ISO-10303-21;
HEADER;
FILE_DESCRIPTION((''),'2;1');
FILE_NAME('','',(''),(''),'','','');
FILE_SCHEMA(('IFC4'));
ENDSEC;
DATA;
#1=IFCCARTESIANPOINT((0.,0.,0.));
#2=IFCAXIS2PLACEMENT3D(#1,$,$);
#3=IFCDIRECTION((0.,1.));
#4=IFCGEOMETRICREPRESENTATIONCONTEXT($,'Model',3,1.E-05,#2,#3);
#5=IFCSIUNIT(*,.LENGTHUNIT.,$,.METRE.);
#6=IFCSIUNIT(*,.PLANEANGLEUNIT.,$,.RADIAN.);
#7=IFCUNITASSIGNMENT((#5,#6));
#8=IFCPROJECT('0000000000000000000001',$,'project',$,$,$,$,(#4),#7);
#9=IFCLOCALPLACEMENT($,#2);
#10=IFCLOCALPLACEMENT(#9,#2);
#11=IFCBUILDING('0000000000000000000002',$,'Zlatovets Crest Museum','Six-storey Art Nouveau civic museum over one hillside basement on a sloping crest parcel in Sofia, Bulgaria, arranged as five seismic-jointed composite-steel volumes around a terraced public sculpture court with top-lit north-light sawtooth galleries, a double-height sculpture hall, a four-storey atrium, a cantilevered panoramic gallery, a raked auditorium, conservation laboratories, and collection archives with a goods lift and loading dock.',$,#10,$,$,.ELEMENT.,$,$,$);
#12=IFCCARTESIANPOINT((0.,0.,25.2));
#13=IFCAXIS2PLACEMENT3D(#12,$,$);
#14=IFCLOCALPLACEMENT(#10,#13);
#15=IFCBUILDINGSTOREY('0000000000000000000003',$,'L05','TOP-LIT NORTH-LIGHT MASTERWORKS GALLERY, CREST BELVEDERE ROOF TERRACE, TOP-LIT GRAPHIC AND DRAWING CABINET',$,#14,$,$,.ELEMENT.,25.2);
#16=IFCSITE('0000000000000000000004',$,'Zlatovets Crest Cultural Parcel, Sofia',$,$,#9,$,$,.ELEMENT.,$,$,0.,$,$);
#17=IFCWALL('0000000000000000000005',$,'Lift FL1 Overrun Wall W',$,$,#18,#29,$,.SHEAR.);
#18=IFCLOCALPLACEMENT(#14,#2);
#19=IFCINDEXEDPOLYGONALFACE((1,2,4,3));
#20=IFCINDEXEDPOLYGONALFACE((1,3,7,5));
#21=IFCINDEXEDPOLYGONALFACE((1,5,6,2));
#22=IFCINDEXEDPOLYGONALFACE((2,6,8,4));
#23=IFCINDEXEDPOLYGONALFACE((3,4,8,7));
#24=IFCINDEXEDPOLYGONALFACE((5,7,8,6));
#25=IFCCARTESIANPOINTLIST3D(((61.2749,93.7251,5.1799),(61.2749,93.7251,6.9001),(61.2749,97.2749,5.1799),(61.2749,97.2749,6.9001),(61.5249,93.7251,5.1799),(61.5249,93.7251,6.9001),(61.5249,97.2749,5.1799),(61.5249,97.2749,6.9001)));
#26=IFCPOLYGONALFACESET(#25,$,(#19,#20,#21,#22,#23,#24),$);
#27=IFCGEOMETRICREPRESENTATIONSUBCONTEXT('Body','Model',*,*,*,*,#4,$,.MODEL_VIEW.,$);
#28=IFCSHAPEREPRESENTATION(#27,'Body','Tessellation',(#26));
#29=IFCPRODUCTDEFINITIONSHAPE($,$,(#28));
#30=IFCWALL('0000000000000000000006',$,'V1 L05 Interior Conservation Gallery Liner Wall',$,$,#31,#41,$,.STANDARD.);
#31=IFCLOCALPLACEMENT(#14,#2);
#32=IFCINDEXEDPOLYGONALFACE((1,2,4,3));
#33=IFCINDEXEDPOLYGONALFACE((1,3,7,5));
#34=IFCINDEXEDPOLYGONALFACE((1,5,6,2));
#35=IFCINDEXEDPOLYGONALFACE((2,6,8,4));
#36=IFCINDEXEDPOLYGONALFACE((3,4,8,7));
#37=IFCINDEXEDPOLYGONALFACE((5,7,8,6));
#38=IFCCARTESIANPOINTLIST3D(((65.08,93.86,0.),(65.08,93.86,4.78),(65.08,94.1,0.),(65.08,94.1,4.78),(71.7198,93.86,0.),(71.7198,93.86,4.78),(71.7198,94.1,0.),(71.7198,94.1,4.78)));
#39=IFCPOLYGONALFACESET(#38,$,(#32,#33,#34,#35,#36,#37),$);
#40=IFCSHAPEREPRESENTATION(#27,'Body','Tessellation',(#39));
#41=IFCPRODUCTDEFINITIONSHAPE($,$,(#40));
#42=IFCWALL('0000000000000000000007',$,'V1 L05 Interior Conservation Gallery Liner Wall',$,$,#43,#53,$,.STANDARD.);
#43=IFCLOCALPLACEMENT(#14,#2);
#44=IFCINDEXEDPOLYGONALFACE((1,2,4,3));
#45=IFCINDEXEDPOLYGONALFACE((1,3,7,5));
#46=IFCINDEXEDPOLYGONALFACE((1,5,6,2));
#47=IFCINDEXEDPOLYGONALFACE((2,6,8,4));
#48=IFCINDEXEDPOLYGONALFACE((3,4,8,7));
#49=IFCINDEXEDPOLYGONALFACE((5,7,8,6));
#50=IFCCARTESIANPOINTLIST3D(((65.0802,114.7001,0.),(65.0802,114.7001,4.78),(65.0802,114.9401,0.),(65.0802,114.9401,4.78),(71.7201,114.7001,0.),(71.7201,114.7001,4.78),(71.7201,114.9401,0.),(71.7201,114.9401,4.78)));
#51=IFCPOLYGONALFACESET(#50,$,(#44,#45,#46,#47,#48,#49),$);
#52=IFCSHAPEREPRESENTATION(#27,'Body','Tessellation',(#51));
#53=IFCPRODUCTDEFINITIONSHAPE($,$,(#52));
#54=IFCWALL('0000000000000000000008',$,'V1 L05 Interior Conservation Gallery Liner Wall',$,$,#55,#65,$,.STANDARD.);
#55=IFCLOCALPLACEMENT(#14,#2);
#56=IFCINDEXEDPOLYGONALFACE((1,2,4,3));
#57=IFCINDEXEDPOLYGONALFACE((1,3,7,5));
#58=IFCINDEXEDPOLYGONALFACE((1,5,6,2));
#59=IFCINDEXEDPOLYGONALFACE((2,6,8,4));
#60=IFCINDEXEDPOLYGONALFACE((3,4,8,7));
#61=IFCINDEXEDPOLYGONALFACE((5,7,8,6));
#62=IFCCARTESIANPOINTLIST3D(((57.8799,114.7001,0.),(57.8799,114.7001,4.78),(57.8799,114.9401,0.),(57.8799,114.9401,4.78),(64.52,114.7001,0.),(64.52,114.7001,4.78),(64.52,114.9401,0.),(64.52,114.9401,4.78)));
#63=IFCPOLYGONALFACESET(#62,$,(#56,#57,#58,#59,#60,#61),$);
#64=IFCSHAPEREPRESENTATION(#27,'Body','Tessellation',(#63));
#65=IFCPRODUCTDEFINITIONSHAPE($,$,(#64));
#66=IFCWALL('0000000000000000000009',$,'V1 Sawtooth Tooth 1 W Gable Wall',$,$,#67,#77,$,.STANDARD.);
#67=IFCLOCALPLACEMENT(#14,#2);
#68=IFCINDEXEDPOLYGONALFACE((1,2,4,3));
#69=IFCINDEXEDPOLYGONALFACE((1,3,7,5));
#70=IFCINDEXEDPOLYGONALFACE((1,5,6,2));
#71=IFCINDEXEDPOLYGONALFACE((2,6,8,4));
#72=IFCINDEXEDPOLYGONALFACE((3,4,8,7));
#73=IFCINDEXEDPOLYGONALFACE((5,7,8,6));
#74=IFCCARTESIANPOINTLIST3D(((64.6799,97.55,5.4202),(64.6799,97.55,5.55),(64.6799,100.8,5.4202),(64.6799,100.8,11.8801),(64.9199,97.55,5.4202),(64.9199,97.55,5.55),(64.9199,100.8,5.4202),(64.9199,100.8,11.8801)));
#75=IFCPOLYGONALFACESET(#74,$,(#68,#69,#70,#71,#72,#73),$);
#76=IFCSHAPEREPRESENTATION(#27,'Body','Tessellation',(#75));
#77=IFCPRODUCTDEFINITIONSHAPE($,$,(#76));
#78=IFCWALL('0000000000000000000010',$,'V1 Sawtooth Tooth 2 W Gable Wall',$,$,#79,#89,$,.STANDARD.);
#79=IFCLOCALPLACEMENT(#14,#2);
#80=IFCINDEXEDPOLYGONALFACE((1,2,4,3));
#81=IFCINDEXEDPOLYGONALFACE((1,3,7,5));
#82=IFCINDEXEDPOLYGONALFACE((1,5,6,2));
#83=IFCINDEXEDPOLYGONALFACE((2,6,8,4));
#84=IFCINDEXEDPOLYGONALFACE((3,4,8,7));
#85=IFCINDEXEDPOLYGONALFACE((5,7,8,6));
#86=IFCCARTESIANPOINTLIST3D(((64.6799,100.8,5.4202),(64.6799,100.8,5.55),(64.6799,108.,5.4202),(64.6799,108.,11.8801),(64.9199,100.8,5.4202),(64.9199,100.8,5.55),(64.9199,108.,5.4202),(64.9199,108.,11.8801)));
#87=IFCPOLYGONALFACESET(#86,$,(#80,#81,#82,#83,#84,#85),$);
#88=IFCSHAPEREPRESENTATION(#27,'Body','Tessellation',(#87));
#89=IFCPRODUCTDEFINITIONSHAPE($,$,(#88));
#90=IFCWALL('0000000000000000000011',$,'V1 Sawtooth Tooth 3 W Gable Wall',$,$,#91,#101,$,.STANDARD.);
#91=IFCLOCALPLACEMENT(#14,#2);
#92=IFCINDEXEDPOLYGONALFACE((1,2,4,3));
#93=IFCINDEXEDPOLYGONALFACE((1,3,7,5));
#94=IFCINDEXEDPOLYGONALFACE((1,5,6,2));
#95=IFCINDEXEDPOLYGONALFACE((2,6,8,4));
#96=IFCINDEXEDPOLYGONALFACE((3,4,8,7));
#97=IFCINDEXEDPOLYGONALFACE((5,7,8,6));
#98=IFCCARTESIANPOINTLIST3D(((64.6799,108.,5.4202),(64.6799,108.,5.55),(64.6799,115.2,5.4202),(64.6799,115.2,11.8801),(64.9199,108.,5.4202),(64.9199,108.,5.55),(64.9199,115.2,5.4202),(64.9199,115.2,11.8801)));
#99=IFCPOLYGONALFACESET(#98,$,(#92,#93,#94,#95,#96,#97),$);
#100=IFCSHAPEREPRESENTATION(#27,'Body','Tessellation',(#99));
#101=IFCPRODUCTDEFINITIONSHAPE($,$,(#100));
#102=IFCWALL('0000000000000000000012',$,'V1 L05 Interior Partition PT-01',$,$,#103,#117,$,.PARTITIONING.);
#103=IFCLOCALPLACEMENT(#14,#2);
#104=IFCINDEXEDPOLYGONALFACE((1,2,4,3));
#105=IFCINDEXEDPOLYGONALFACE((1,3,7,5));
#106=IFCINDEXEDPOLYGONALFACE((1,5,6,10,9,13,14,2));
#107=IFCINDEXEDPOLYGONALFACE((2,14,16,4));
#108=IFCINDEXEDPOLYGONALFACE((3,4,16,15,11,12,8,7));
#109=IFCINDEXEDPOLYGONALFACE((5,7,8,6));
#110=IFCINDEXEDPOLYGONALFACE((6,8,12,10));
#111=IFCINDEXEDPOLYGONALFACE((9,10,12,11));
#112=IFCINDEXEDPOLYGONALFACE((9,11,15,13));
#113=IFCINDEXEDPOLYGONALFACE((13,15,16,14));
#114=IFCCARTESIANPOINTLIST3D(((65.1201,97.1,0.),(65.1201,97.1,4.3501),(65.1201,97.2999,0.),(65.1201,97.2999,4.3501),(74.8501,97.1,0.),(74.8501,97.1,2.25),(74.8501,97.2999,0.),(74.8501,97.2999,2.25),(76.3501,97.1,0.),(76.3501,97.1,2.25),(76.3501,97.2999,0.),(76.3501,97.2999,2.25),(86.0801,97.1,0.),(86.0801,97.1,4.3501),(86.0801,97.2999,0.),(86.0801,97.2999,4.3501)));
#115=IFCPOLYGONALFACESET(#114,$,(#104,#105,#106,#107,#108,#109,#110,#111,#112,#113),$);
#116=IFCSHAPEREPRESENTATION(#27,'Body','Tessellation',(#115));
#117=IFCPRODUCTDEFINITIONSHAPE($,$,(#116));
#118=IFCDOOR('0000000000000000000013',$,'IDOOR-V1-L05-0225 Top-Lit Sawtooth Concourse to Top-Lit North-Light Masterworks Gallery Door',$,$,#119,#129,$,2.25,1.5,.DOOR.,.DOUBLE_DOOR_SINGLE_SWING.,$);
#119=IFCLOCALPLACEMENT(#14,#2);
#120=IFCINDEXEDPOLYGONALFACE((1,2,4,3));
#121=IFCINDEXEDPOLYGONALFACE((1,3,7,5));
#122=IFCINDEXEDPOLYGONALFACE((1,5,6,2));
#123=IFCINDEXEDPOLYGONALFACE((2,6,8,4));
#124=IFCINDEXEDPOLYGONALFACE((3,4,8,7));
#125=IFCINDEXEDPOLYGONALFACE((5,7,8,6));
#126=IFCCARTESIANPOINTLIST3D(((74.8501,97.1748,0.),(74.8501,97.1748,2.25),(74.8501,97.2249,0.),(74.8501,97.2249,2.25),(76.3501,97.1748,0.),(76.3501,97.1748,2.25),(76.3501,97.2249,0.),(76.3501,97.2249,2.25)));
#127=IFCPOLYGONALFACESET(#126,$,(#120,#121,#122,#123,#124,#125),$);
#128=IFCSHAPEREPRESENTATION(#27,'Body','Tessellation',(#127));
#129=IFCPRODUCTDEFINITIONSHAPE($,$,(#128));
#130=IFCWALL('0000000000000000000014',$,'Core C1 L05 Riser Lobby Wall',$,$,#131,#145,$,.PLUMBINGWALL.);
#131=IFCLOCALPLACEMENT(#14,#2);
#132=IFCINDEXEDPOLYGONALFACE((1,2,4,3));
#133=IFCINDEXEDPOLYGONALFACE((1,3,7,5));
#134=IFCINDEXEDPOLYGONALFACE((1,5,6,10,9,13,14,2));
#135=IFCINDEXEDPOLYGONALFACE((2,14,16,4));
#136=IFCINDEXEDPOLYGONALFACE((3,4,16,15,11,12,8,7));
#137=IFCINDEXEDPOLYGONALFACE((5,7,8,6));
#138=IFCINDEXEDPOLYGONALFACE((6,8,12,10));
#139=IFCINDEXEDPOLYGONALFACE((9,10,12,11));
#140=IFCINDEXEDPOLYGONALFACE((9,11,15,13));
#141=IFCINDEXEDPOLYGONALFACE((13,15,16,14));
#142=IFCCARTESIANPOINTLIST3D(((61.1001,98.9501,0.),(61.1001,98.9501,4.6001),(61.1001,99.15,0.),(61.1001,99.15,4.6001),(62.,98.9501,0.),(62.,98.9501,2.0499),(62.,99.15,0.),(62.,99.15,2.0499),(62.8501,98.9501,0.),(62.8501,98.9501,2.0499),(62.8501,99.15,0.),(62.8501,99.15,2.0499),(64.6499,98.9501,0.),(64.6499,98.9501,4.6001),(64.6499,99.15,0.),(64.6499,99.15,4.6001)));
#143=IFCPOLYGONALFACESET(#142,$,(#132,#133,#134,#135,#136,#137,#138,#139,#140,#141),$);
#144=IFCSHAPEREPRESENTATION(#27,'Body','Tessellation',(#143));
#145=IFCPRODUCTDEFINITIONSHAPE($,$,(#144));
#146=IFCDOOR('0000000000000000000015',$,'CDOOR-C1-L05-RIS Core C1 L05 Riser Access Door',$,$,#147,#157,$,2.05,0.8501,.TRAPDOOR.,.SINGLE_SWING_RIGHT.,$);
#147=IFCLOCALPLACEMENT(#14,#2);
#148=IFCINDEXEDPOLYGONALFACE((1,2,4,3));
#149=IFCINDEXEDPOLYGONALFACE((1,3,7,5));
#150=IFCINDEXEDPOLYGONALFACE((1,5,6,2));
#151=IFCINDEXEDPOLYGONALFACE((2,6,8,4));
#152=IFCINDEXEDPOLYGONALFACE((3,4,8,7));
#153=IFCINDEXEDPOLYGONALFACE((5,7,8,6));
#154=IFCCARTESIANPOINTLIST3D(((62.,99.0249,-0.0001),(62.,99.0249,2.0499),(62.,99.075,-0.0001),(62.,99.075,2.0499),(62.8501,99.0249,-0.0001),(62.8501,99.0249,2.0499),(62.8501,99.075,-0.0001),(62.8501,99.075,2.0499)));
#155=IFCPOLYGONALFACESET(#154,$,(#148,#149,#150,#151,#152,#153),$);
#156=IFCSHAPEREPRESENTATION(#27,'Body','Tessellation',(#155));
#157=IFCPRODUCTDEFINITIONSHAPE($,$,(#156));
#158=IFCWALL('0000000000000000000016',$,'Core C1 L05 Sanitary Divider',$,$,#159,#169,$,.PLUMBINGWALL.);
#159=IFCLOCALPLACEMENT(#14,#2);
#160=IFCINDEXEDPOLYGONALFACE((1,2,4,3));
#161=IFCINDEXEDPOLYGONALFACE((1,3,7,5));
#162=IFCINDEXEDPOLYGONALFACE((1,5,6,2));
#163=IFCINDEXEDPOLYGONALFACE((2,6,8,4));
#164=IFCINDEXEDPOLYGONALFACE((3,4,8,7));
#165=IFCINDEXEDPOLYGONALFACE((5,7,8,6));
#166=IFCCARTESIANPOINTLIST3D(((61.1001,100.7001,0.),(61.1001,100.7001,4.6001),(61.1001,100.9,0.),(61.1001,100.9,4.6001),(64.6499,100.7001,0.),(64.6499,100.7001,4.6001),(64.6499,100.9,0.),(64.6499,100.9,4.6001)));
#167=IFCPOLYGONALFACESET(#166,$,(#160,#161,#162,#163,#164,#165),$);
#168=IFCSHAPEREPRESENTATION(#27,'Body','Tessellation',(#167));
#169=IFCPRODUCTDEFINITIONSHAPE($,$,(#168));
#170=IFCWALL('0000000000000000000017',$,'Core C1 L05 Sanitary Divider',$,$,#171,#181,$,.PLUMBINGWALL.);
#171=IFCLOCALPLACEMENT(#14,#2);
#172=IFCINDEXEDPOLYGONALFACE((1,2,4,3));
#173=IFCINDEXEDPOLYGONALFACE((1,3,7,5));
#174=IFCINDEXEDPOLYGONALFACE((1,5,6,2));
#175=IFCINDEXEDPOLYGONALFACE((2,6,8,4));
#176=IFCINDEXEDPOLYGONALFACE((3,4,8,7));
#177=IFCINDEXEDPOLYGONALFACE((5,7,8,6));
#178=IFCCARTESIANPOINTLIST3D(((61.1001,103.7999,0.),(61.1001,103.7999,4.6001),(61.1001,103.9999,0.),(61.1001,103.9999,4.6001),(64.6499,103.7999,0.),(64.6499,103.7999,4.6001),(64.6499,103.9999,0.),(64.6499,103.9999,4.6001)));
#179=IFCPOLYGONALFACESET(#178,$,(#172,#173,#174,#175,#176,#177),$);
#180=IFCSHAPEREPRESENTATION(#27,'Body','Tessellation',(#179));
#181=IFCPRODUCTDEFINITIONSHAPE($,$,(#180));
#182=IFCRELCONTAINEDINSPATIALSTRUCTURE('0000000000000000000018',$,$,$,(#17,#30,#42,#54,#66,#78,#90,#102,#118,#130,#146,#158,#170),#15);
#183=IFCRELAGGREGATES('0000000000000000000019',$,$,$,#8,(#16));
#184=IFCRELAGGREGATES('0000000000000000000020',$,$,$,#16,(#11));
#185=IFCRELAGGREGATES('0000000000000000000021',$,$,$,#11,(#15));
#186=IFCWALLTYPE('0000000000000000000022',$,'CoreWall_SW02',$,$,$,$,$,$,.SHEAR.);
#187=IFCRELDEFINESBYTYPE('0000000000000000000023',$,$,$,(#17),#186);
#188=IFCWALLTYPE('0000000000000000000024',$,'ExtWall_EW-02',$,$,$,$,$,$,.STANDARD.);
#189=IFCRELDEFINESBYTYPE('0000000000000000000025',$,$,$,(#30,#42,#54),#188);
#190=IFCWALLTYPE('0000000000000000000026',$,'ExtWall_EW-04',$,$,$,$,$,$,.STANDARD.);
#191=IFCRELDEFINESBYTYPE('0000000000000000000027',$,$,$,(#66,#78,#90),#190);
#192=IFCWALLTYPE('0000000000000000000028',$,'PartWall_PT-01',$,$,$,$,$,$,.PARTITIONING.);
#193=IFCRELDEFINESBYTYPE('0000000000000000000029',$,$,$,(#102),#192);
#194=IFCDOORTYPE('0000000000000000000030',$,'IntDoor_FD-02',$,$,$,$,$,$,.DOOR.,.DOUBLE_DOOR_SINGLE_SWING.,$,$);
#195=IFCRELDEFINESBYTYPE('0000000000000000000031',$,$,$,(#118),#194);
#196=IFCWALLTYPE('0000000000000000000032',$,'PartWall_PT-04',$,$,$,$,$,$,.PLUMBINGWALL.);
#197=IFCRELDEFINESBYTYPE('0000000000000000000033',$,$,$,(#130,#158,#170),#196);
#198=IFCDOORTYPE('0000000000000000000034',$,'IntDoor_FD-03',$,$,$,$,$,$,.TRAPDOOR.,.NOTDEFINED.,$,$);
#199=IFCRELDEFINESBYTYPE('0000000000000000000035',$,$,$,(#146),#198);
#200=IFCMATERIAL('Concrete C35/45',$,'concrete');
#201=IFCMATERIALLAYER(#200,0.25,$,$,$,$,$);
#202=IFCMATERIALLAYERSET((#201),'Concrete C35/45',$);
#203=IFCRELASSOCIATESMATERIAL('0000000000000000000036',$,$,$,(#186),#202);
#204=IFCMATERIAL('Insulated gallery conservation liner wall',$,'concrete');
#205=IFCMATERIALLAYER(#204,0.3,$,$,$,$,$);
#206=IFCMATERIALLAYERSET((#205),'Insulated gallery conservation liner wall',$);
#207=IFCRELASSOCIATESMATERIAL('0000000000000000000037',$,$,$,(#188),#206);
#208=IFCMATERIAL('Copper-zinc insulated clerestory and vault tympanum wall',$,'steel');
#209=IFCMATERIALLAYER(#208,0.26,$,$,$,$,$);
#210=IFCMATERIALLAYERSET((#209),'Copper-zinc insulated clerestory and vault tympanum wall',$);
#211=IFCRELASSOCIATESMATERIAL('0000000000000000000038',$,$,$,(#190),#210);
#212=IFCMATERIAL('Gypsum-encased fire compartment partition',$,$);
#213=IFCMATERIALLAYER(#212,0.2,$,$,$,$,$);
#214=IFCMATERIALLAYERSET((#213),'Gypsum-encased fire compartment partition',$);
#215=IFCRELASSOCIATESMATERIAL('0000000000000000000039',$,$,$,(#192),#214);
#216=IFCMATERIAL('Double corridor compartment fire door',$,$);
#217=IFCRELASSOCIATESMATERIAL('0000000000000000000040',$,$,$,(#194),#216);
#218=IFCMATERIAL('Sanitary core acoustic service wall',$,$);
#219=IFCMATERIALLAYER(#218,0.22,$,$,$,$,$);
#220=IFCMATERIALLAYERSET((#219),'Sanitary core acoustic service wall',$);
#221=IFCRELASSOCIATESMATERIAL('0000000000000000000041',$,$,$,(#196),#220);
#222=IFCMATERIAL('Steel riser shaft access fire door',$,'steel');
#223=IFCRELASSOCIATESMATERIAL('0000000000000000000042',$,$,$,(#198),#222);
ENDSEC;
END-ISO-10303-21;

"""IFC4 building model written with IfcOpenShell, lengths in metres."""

from ifc_helpers import new_model, si_unit, direction, frame, frame_2d, origin, place, context, subcontext, project, spatial, polyline, rectangle, outline, extrude, material, layer, layer_set, type_object, element, fill, save


model = new_model("IFC4")

# Units and contexts
model_context = context("Model", 3, precision=1e-05, world=origin(), true_north=direction((0.0, 1.0)))
body_context = subcontext(model_context, "Body", "Model", "MODEL_VIEW")
ifc_project = project(units=[si_unit("LENGTHUNIT", "METRE"), si_unit("PLANEANGLEUNIT", "RADIAN")], contexts=[model_context])

# Site, building, storey
site_placement = place(None, origin())
site = spatial("IfcSite", under=ifc_project, at=site_placement, Name="Zlatovets Crest Cultural Parcel, Sofia", CompositionType="ELEMENT", RefElevation=0.0)
building_placement = place(site_placement, origin())
building = spatial("IfcBuilding", under=site, at=building_placement, Name="Zlatovets Crest Museum", Description="Six-storey Art Nouveau civic museum over one hillside basement on a sloping crest parcel in Sofia, Bulgaria, arranged as five seismic-jointed composite-steel volumes around a terraced public sculpture court with top-lit north-light sawtooth galleries, a double-height sculpture hall, a four-storey atrium, a cantilevered panoramic gallery, a raked auditorium, conservation laboratories, and collection archives with a goods lift and loading dock.", CompositionType="ELEMENT")
storey_placement = place(building_placement, frame((0.0, 0.0, 25.2)))
storey = spatial("IfcBuildingStorey", under=building, at=storey_placement, Name="L05", Description="TOP-LIT NORTH-LIGHT MASTERWORKS GALLERY, CREST BELVEDERE ROOF TERRACE, TOP-LIT GRAPHIC AND DRAWING CABINET", CompositionType="ELEMENT", Elevation=25.2)

# Walls
ifc_material_1 = material(Name="Concrete C35/45", Category="concrete")
ifc_layer_1 = layer(ifc_material_1, 0.25)
ifc_layer_set_1 = layer_set([ifc_layer_1], Name="Concrete C35/45")
wall_type_1 = type_object("IfcWallType", Name="CoreWall_SW02", PredefinedType="SHEAR", material=ifc_layer_set_1)
wall_1_placement = place(storey_placement, frame((61.3999, 97.2749, 5.1799), z_axis=(0.0, 0.0, 1.0), x_axis=(0.0, -1.0, 0.0)))
element("IfcWall", 1, at=wall_1_placement, inside=storey, type_object=wall_type_1, Name="Lift FL1 Overrun Wall W", PredefinedType="SHEAR", context=body_context, shape_type="SweptSolid", body=[
    extrude(rectangle(XDim=3.5498, YDim=0.25, at=frame_2d((1.7749, 0.0))), origin(), (0.0, 0.0, 1.0), 1.7202),
])
ifc_material_2 = material(Name="Insulated gallery conservation liner wall", Category="concrete")
ifc_layer_2 = layer(ifc_material_2, 0.3)
ifc_layer_set_2 = layer_set([ifc_layer_2], Name="Insulated gallery conservation liner wall")
wall_type_2 = type_object("IfcWallType", Name="ExtWall_EW-02", PredefinedType="STANDARD", material=ifc_layer_set_2)
for number, where, z_axis, x_axis, name in (
    (2, (65.0801, 93.98, 0.0), (0.0, 0.0, 1.0), (1.0, 0.0, 0.0), "V1 L05 Interior Conservation Gallery Liner Wall"),
    (3, (71.72, 114.8201, 0.0), (0.0, 0.0, 1.0), (-1.0, 0.0, 0.0), "V1 L05 Interior Conservation Gallery Liner Wall"),
):
    element("IfcWall", number, at=place(storey_placement, frame(where, z_axis=z_axis, x_axis=x_axis)), inside=storey, type_object=wall_type_2, Name=name, PredefinedType="STANDARD", context=body_context, shape_type="SweptSolid", body=[
        extrude(rectangle(XDim=6.6399, YDim=0.24, at=frame_2d((3.3198, 0.0))), origin(), (0.0, 0.0, 1.0), 4.78),
    ])
wall_2_placement = place(storey_placement, frame((64.52, 114.8201, 0.0), z_axis=(0.0, 0.0, 1.0), x_axis=(-1.0, 0.0, 0.0)))
element("IfcWall", 4, at=wall_2_placement, inside=storey, type_object=wall_type_2, Name="V1 L05 Interior Conservation Gallery Liner Wall", PredefinedType="STANDARD", context=body_context, shape_type="SweptSolid", body=[
    extrude(rectangle(XDim=6.6401, YDim=0.24, at=frame_2d((3.3201, 0.0))), origin(), (0.0, 0.0, 1.0), 4.78),
])
ifc_material_3 = material(Name="Copper-zinc insulated clerestory and vault tympanum wall", Category="steel")
ifc_layer_3 = layer(ifc_material_3, 0.26)
ifc_layer_set_3 = layer_set([ifc_layer_3], Name="Copper-zinc insulated clerestory and vault tympanum wall")
wall_type_3 = type_object("IfcWallType", Name="ExtWall_EW-04", PredefinedType="STANDARD", material=ifc_layer_set_3)
wall_3_placement = place(storey_placement, frame((64.8, 97.55, 5.4202), z_axis=(0.0, 0.0, 1.0), x_axis=(0.0, 1.0, 0.0)))
element("IfcWall", 5, at=wall_3_placement, inside=storey, type_object=wall_type_3, Name="V1 Sawtooth Tooth 1 W Gable Wall", PredefinedType="STANDARD", context=body_context, shape_type="SweptSolid", body=[
    extrude(outline(polyline([(0.0, 0.0), (3.25, 0.0), (3.25, 6.46), (0.0, 0.1299), (0.0, 0.0)])), frame((0.0, 0.1201, 0.0), z_axis=(0.0, -1.0, 0.0), x_axis=(1.0, 0.0, 0.0)), (0.0, 0.0, 1.0), 0.24),
])
for number, where, z_axis, x_axis, name in (
    (6, (64.8, 100.8, 5.4202), (0.0, 0.0, 1.0), (0.0, 1.0, 0.0), "V1 Sawtooth Tooth 2 W Gable Wall"),
    (7, (64.8, 108.0, 5.4202), (0.0, 0.0, 1.0), (0.0, 1.0, 0.0), "V1 Sawtooth Tooth 3 W Gable Wall"),
):
    element("IfcWall", number, at=place(storey_placement, frame(where, z_axis=z_axis, x_axis=x_axis)), inside=storey, type_object=wall_type_3, Name=name, PredefinedType="STANDARD", context=body_context, shape_type="SweptSolid", body=[
        extrude(outline(polyline([(0.0, 0.0), (7.2, 0.0), (7.2, 6.46), (0.0, 0.1299), (0.0, 0.0)])), frame((0.0, 0.1201, 0.0), z_axis=(0.0, -1.0, 0.0), x_axis=(1.0, 0.0, 0.0)), (0.0, 0.0, 1.0), 0.24),
    ])

# Walls, openings, doors
ifc_material_4 = material(Name="Gypsum-encased fire compartment partition")
ifc_layer_4 = layer(ifc_material_4, 0.2)
ifc_layer_set_4 = layer_set([ifc_layer_4], Name="Gypsum-encased fire compartment partition")
wall_type_4 = type_object("IfcWallType", Name="PartWall_PT-01", PredefinedType="PARTITIONING", material=ifc_layer_set_4)
wall_4_placement = place(storey_placement, frame((65.1201, 97.2, 0.0), z_axis=(0.0, 0.0, 1.0), x_axis=(1.0, 0.0, 0.0)))
wall_4 = element("IfcWall", 8, at=wall_4_placement, inside=storey, type_object=wall_type_4, Name="V1 L05 Interior Partition PT-01", PredefinedType="PARTITIONING", context=body_context, shape_type="SweptSolid", body=[
    extrude(rectangle(XDim=20.96, YDim=0.2, at=frame_2d((10.48, 0.0))), origin(), (0.0, 0.0, 1.0), 4.3501),
])
opening_1_placement = place(wall_4_placement, frame((9.73, 0.0, 0.0)))
opening_1 = element("IfcOpeningElement", 9, at=opening_1_placement, cuts=wall_4, PredefinedType="OPENING", context=body_context, shape_type="SweptSolid", body=[
    extrude(rectangle(XDim=1.5, YDim=2.25, at=frame_2d((0.75, 1.125))), frame((0.0, 0.1099, 0.0), z_axis=(0.0, -1.0, 0.0), x_axis=(1.0, 0.0, 0.0)), (0.0, 0.0, 1.0), 0.22),
])
ifc_material_5 = material(Name="Double corridor compartment fire door")
door_type_1 = type_object("IfcDoorType", Name="IntDoor_FD-02", OperationType="DOUBLE_DOOR_SINGLE_SWING", PredefinedType="DOOR", material=ifc_material_5)
door_1_placement = place(opening_1_placement, origin())
door_1 = element("IfcDoor", 10, at=door_1_placement, inside=storey, type_object=door_type_1, Name="IDOOR-V1-L05-0225 Top-Lit Sawtooth Concourse to Top-Lit North-Light Masterworks Gallery Door", OperationType="DOUBLE_DOOR_SINGLE_SWING", OverallHeight=2.25, OverallWidth=1.5, PredefinedType="DOOR", context=body_context, shape_type="SweptSolid", body=[
    extrude(rectangle(XDim=1.5, YDim=2.25, at=frame_2d((0.75, 1.125))), frame((0.0, 0.0249, 0.0), z_axis=(0.0, -1.0, 0.0), x_axis=(1.0, 0.0, 0.0)), (0.0, 0.0, 1.0), 0.05),
])
fill(opening_1, door_1)
ifc_material_6 = material(Name="Sanitary core acoustic service wall")
ifc_layer_5 = layer(ifc_material_6, 0.22)
ifc_layer_set_5 = layer_set([ifc_layer_5], Name="Sanitary core acoustic service wall")
wall_type_5 = type_object("IfcWallType", Name="PartWall_PT-04", PredefinedType="PLUMBINGWALL", material=ifc_layer_set_5)
wall_5_placement = place(storey_placement, frame((61.1001, 99.05, 0.0), z_axis=(0.0, 0.0, 1.0), x_axis=(1.0, 0.0, 0.0)))
wall_5 = element("IfcWall", 11, at=wall_5_placement, inside=storey, type_object=wall_type_5, Name="Core C1 L05 Riser Lobby Wall", PredefinedType="PLUMBINGWALL", context=body_context, shape_type="SweptSolid", body=[
    extrude(rectangle(XDim=3.5498, YDim=0.2, at=frame_2d((1.7749, 0.0))), origin(), (0.0, 0.0, 1.0), 4.6001),
])
opening_2_placement = place(wall_5_placement, frame((0.8999, 0.0, 0.0)))
opening_2 = element("IfcOpeningElement", 12, at=opening_2_placement, cuts=wall_5, PredefinedType="OPENING", context=body_context, shape_type="SweptSolid", body=[
    extrude(rectangle(XDim=0.8501, YDim=2.05, at=frame_2d((0.425, 1.0249))), frame((0.0, 0.1099, 0.0), z_axis=(0.0, -1.0, 0.0), x_axis=(1.0, 0.0, 0.0)), (0.0, 0.0, 1.0), 0.22),
])
ifc_material_7 = material(Name="Steel riser shaft access fire door", Category="steel")
door_type_2 = type_object("IfcDoorType", Name="IntDoor_FD-03", OperationType="NOTDEFINED", PredefinedType="TRAPDOOR", material=ifc_material_7)
door_2_placement = place(opening_2_placement, origin())
door_2 = element("IfcDoor", 13, at=door_2_placement, inside=storey, type_object=door_type_2, Name="CDOOR-C1-L05-RIS Core C1 L05 Riser Access Door", OperationType="SINGLE_SWING_RIGHT", OverallHeight=2.05, OverallWidth=0.8501, PredefinedType="TRAPDOOR", context=body_context, shape_type="SweptSolid", body=[
    extrude(rectangle(XDim=0.8501, YDim=2.05, at=frame_2d((0.425, 1.0249))), frame((0.0, 0.0249, 0.0), z_axis=(0.0, -1.0, 0.0), x_axis=(1.0, 0.0, 0.0)), (0.0, 0.0, 1.0), 0.05),
])
fill(opening_2, door_2)

# Walls
for number, where, z_axis, x_axis, name in (
    (14, (61.1001, 100.8, 0.0), (0.0, 0.0, 1.0), (1.0, 0.0, 0.0), "Core C1 L05 Sanitary Divider"),
    (15, (61.1001, 103.8999, 0.0), (0.0, 0.0, 1.0), (1.0, 0.0, 0.0), "Core C1 L05 Sanitary Divider"),
):
    element("IfcWall", number, at=place(storey_placement, frame(where, z_axis=z_axis, x_axis=x_axis)), inside=storey, type_object=wall_type_5, Name=name, PredefinedType="PLUMBINGWALL", context=body_context, shape_type="SweptSolid", body=[
        extrude(rectangle(XDim=3.5498, YDim=0.2, at=frame_2d((1.7749, 0.0))), origin(), (0.0, 0.0, 1.0), 4.6001),
    ])

save(model, "model.ifc")
